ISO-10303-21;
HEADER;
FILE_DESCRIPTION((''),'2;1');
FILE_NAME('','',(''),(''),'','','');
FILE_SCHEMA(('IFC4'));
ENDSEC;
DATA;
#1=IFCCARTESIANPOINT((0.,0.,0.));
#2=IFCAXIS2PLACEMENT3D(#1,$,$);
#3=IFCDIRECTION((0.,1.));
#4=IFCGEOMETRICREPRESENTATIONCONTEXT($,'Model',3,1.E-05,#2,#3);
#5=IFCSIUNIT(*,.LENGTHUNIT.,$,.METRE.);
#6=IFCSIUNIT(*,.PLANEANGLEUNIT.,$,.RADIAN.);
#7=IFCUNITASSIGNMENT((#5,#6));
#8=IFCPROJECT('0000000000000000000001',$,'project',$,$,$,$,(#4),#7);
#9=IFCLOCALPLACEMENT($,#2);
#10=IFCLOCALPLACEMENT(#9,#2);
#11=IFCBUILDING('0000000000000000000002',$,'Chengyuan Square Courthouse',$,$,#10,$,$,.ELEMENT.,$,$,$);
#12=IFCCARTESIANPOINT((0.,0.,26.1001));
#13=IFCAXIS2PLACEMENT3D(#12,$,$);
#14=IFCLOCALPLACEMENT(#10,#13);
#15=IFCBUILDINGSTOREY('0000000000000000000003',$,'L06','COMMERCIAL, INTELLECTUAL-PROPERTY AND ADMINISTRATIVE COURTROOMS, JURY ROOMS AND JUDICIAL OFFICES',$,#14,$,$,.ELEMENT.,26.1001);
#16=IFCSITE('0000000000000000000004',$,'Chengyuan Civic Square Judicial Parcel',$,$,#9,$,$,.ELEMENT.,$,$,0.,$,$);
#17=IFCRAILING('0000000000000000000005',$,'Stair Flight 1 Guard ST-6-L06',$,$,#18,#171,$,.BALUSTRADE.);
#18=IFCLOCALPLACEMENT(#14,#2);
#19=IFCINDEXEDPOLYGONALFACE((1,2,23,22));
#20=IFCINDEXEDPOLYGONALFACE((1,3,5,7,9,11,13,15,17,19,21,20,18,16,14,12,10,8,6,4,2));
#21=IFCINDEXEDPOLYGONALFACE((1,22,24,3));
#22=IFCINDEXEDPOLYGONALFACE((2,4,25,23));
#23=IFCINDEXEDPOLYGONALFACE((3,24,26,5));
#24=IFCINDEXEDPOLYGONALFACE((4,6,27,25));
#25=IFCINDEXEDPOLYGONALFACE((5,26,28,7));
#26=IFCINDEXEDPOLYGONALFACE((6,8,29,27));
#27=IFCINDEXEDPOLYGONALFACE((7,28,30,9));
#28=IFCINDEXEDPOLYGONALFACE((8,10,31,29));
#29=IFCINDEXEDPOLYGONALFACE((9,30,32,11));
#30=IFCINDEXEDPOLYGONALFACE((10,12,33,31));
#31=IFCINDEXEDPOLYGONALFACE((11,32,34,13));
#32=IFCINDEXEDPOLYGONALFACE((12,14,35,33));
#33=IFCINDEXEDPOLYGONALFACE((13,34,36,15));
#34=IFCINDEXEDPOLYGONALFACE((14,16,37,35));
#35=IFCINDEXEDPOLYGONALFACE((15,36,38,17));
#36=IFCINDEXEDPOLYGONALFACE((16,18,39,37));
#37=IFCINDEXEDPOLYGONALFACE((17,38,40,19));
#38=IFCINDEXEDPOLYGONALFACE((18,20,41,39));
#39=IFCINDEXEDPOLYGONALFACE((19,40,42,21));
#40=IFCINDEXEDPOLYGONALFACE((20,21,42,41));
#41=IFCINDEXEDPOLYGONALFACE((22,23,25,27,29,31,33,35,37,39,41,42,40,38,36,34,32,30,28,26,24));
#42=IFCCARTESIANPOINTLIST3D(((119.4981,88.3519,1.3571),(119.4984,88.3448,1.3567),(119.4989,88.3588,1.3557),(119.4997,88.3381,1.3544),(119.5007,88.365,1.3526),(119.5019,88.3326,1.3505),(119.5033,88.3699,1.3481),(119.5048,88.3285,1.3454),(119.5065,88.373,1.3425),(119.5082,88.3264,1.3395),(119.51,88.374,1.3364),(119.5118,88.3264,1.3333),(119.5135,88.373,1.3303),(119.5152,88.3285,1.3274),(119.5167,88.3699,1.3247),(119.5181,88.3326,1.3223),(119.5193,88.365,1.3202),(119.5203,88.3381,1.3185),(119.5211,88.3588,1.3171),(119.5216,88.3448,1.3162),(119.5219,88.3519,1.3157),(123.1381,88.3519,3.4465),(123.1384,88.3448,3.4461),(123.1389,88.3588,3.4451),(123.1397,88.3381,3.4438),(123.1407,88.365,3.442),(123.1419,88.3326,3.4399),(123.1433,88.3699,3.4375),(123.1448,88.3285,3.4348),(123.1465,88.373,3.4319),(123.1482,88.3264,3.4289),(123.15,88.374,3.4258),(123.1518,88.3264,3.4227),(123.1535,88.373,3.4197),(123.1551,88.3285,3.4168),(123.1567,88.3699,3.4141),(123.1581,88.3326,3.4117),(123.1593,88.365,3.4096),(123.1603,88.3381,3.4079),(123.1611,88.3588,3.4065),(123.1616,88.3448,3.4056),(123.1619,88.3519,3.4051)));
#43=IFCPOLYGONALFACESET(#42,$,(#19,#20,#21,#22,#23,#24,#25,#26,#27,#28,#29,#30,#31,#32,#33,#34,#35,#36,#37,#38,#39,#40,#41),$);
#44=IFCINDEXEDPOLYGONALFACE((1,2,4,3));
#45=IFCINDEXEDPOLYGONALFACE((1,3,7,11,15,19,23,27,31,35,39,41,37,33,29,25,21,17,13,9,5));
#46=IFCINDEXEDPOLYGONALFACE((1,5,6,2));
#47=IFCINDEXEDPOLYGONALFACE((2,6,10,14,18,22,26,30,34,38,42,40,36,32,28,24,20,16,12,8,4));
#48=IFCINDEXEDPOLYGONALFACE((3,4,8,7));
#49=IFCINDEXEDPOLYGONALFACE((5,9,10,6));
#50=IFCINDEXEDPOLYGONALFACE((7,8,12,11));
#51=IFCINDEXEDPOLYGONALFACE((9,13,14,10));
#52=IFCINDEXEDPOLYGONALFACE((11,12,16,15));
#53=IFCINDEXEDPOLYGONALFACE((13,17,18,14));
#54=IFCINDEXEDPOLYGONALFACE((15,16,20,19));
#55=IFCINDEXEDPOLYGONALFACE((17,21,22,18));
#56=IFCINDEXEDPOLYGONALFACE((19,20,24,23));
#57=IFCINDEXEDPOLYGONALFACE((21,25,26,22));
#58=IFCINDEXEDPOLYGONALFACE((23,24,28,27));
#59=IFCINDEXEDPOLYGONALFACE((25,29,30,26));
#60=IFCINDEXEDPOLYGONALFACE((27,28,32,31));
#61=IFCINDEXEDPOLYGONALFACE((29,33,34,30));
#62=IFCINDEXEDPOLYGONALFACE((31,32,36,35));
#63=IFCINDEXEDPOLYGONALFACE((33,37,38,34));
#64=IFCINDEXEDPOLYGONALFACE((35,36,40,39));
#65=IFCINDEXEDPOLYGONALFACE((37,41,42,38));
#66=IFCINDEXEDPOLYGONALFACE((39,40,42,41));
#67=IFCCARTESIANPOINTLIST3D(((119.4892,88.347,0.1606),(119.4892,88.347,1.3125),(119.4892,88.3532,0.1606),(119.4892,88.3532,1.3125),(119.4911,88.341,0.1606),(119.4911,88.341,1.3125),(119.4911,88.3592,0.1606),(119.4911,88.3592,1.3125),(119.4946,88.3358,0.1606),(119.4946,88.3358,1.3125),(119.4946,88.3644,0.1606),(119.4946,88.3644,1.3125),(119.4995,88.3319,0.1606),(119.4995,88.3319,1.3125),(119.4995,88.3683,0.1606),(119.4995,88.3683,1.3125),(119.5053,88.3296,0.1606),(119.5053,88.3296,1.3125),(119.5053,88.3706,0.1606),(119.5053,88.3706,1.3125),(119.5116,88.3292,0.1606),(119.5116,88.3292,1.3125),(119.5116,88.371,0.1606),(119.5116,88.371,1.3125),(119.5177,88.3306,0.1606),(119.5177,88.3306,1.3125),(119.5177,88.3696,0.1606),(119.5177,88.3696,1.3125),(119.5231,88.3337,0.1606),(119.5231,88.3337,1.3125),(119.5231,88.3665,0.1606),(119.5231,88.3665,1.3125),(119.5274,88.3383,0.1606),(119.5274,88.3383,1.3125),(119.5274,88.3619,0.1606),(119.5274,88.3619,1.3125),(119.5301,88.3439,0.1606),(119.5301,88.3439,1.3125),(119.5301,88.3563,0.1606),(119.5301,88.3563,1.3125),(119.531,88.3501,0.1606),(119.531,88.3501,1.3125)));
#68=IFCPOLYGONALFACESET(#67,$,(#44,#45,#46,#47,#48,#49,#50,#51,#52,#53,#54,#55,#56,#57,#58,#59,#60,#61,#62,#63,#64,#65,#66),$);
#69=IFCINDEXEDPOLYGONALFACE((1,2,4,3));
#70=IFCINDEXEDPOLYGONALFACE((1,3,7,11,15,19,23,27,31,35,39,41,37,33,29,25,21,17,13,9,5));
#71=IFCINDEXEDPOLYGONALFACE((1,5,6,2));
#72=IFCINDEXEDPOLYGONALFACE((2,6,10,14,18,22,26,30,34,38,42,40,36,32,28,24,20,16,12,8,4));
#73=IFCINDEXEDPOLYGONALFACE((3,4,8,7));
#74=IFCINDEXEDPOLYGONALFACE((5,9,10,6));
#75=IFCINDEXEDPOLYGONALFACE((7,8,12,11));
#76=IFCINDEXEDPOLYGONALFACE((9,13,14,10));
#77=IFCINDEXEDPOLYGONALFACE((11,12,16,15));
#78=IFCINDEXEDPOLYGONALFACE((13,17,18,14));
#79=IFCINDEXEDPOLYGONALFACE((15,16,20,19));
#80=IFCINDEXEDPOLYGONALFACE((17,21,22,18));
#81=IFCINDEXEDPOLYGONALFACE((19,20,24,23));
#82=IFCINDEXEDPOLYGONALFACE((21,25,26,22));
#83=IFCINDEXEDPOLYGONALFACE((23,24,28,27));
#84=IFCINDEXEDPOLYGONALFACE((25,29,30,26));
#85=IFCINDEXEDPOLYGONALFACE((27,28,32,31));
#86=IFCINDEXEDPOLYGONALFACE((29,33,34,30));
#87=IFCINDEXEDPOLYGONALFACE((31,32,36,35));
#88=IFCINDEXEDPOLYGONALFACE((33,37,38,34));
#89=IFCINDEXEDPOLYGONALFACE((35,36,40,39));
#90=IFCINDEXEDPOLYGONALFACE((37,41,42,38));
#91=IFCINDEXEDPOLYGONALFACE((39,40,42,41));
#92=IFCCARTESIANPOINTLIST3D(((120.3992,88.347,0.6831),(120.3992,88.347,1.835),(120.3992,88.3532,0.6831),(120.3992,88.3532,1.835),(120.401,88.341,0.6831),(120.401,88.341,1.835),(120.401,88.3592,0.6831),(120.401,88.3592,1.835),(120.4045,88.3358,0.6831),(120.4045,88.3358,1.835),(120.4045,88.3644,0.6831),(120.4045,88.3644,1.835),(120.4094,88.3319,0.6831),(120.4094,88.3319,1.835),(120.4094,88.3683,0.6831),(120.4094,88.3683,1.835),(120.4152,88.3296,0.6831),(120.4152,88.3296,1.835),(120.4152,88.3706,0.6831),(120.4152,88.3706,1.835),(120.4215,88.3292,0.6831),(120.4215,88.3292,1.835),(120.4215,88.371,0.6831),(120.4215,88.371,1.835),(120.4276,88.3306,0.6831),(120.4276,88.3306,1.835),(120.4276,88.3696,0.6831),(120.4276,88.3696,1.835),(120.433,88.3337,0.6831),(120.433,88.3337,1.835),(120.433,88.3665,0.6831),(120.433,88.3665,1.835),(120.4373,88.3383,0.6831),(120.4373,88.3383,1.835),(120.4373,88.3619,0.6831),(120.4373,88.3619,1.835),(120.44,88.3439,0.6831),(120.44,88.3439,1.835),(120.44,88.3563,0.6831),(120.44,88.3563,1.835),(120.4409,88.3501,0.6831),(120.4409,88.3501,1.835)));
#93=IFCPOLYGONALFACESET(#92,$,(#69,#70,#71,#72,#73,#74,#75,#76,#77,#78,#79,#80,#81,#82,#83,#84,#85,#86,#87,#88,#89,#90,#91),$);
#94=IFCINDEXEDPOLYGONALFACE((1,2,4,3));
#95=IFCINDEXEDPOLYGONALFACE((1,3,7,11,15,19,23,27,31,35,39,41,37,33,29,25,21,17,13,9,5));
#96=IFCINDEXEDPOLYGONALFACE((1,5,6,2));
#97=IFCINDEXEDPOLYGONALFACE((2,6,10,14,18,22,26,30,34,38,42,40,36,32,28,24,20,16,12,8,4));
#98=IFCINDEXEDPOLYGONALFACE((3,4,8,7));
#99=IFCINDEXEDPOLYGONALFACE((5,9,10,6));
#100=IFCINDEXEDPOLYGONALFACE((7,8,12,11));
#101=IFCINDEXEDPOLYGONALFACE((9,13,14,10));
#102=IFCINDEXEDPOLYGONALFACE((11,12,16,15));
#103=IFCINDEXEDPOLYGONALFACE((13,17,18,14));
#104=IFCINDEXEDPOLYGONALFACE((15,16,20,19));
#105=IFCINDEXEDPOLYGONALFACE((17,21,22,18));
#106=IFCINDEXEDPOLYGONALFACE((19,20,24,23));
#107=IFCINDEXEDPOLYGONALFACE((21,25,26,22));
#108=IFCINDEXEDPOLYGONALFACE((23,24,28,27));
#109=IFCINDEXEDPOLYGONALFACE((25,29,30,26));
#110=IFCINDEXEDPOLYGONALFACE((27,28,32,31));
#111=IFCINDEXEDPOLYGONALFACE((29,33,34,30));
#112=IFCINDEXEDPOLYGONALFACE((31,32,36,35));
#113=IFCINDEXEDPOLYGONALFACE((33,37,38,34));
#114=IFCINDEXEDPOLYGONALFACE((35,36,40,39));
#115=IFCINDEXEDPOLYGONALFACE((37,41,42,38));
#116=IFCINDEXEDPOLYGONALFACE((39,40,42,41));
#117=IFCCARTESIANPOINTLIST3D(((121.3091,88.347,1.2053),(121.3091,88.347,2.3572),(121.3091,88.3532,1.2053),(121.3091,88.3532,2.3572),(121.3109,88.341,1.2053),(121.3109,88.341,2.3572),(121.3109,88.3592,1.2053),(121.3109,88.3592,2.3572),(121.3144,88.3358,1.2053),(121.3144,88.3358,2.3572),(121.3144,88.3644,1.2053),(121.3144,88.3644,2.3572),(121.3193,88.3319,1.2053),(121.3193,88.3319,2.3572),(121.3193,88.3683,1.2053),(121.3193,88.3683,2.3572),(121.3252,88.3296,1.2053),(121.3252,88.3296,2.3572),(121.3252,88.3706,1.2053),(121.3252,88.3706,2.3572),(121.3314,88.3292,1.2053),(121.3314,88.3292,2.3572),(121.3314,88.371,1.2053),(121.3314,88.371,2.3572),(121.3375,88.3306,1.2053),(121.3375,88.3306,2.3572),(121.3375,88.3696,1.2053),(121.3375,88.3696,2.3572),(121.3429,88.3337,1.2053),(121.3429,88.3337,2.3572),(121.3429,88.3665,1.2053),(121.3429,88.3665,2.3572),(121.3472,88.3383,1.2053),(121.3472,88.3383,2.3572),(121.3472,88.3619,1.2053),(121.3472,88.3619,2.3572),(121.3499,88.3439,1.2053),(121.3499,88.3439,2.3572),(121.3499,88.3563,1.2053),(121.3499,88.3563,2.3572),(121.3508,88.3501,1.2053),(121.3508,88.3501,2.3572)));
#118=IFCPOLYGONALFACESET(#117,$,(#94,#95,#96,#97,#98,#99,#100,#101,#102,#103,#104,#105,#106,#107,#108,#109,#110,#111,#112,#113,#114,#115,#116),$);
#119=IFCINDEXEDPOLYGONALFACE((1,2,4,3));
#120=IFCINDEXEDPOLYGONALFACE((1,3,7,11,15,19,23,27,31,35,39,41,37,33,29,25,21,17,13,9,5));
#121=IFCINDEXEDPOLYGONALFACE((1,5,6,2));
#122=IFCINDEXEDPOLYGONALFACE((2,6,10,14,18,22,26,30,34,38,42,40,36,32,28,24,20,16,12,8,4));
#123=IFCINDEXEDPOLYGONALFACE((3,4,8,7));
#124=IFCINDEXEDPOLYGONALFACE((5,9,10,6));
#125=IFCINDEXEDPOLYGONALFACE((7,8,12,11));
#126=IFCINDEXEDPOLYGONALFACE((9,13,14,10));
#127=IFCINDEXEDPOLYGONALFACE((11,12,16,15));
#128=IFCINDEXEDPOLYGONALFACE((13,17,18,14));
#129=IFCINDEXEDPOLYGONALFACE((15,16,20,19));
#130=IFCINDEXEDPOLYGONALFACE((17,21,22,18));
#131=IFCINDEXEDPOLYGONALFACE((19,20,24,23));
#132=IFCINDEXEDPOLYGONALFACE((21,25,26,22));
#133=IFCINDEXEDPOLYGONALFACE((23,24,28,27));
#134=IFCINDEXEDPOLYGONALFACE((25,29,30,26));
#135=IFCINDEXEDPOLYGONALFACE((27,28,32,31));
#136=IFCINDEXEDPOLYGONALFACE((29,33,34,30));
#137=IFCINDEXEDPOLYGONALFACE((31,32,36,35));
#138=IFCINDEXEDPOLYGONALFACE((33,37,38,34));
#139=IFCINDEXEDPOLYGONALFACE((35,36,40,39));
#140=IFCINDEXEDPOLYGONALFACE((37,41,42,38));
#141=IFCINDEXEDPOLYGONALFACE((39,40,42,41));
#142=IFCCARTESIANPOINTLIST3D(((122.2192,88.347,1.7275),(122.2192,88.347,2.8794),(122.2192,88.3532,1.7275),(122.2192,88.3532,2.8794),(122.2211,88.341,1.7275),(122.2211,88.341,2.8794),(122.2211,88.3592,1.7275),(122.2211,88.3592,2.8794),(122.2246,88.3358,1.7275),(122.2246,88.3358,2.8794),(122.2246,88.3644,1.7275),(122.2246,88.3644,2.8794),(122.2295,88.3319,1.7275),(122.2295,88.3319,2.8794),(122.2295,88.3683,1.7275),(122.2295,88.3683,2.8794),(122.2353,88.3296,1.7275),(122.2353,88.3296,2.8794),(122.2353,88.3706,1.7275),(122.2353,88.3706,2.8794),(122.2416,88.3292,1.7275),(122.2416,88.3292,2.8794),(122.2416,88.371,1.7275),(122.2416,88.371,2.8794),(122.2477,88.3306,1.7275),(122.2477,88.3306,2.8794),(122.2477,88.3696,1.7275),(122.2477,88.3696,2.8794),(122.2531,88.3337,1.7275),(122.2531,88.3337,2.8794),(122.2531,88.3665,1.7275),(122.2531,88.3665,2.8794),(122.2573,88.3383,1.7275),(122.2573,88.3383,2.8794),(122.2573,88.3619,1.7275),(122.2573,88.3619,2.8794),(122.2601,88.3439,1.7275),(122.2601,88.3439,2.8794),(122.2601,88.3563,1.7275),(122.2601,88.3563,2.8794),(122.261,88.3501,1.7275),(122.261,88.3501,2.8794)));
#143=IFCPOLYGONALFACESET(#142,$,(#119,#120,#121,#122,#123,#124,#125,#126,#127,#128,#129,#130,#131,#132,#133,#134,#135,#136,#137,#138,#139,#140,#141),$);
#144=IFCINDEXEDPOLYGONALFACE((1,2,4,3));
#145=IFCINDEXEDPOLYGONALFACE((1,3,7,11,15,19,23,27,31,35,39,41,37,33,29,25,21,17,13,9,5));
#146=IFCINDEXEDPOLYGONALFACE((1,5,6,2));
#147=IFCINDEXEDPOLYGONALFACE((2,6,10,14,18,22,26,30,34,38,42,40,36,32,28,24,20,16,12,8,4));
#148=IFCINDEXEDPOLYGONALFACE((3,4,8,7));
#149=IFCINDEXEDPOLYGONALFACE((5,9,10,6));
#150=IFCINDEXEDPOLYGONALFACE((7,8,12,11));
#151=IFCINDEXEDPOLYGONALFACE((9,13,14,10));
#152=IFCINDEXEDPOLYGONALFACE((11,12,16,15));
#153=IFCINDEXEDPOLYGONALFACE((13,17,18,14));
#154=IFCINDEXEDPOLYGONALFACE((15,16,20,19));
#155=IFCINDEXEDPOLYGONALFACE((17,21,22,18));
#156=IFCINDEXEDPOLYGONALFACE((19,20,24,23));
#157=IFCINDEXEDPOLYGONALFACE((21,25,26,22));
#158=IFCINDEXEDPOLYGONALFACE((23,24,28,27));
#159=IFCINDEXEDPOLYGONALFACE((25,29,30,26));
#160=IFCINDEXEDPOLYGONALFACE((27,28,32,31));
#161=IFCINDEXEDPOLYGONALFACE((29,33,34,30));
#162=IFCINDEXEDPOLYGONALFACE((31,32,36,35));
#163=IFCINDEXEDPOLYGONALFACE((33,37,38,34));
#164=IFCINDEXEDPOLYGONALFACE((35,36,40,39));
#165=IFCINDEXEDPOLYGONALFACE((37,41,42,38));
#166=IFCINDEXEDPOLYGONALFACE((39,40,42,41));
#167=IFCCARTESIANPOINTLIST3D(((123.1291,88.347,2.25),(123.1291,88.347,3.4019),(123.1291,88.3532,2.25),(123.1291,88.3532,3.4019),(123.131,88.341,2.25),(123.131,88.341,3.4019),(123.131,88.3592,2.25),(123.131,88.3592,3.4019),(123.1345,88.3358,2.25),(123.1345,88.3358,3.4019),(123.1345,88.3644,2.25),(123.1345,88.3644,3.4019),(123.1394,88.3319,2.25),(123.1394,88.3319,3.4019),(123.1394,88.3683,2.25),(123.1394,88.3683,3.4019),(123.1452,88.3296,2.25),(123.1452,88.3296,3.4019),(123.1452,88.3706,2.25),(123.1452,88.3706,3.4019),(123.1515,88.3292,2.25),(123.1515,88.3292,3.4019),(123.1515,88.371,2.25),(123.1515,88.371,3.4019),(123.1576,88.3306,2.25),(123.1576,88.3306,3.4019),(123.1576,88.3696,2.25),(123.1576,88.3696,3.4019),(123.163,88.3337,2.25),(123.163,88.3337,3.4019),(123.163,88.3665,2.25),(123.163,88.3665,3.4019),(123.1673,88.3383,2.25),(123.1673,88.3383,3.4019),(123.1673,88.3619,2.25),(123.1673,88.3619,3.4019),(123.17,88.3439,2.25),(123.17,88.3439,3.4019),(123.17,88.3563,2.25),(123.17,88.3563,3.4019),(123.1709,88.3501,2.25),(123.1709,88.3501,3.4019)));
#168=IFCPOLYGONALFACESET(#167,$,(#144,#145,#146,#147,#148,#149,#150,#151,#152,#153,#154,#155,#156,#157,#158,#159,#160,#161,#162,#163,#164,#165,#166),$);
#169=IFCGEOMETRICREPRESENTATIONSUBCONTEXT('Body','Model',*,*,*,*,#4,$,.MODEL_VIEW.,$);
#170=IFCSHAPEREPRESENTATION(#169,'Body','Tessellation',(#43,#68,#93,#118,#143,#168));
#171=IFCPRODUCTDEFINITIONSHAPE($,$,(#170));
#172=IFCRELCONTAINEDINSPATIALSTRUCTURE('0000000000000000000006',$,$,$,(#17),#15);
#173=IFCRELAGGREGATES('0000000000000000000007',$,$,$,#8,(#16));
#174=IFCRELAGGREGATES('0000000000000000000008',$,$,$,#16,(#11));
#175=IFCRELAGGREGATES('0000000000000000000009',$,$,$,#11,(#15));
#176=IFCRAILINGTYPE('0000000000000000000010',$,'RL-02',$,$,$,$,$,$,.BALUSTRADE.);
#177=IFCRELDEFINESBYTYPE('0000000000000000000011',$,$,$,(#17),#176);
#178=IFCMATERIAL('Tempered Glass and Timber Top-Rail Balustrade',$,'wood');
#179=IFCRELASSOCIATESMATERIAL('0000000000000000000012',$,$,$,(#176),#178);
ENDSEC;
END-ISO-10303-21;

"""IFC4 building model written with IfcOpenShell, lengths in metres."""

from ifc_helpers import new_model, si_unit, direction, frame, origin, origin_2d, place, context, subcontext, project, spatial, circle, extrude, material, type_object, element, save


model = new_model("IFC4")

# Units and contexts
model_context = context("Model", 3, precision=1e-05, world=origin(), true_north=direction((0.0, 1.0)))
body_context = subcontext(model_context, "Body", "Model", "MODEL_VIEW")
ifc_project = project(units=[si_unit("LENGTHUNIT", "METRE"), si_unit("PLANEANGLEUNIT", "RADIAN")], contexts=[model_context])

# Site, building, storey
site_placement = place(None, origin())
site = spatial("IfcSite", under=ifc_project, at=site_placement, Name="Chengyuan Civic Square Judicial Parcel", CompositionType="ELEMENT", RefElevation=0.0)
building_placement = place(site_placement, origin())
building = spatial("IfcBuilding", under=site, at=building_placement, Name="Chengyuan Square Courthouse", CompositionType="ELEMENT")
storey_placement = place(building_placement, frame((0.0, 0.0, 26.1001)))
storey = spatial("IfcBuildingStorey", under=building, at=storey_placement, Name="L06", Description="COMMERCIAL, INTELLECTUAL-PROPERTY AND ADMINISTRATIVE COURTROOMS, JURY ROOMS AND JUDICIAL OFFICES", CompositionType="ELEMENT", Elevation=26.1001)

# Railing
ifc_material_1 = material(Name="Tempered Glass and Timber Top-Rail Balustrade", Category="wood")
railing_type_1 = type_object("IfcRailingType", Name="RL-02", PredefinedType="BALUSTRADE", material=ifc_material_1)
railing_1_placement = place(storey_placement, frame((119.51, 88.3501, 0.1606)))
element("IfcRailing", 1, at=railing_1_placement, inside=storey, type_object=railing_type_1, Name="Stair Flight 1 Guard ST-6-L06", PredefinedType="BALUSTRADE", context=body_context, shape_type="SweptSolid", body=[
    extrude(circle(Radius=0.0239, at=origin_2d()), frame((0.0, 0.0, 1.1758), z_axis=(0.867275, 0.0, 0.497829), x_axis=(0.0, 1.0, 0.0)), (0.0, 0.0, 1.0), 4.197),
    extrude(circle(Radius=0.021, at=origin_2d()), origin(), (0.0, 0.0, 1.0), 1.1519),
    extrude(circle(Radius=0.021, at=origin_2d()), frame((0.9099, 0.0, 0.5225)), (0.0, 0.0, 1.0), 1.1519),
    extrude(circle(Radius=0.021, at=origin_2d()), frame((1.8198, 0.0, 1.0447)), (0.0, 0.0, 1.0), 1.1519),
    extrude(circle(Radius=0.021, at=origin_2d()), frame((2.73, 0.0, 1.5669)), (0.0, 0.0, 1.0), 1.1519),
    extrude(circle(Radius=0.021, at=origin_2d()), frame((3.6399, 0.0, 2.0894)), (0.0, 0.0, 1.0), 1.1519),
])

save(model, "model.ifc")
